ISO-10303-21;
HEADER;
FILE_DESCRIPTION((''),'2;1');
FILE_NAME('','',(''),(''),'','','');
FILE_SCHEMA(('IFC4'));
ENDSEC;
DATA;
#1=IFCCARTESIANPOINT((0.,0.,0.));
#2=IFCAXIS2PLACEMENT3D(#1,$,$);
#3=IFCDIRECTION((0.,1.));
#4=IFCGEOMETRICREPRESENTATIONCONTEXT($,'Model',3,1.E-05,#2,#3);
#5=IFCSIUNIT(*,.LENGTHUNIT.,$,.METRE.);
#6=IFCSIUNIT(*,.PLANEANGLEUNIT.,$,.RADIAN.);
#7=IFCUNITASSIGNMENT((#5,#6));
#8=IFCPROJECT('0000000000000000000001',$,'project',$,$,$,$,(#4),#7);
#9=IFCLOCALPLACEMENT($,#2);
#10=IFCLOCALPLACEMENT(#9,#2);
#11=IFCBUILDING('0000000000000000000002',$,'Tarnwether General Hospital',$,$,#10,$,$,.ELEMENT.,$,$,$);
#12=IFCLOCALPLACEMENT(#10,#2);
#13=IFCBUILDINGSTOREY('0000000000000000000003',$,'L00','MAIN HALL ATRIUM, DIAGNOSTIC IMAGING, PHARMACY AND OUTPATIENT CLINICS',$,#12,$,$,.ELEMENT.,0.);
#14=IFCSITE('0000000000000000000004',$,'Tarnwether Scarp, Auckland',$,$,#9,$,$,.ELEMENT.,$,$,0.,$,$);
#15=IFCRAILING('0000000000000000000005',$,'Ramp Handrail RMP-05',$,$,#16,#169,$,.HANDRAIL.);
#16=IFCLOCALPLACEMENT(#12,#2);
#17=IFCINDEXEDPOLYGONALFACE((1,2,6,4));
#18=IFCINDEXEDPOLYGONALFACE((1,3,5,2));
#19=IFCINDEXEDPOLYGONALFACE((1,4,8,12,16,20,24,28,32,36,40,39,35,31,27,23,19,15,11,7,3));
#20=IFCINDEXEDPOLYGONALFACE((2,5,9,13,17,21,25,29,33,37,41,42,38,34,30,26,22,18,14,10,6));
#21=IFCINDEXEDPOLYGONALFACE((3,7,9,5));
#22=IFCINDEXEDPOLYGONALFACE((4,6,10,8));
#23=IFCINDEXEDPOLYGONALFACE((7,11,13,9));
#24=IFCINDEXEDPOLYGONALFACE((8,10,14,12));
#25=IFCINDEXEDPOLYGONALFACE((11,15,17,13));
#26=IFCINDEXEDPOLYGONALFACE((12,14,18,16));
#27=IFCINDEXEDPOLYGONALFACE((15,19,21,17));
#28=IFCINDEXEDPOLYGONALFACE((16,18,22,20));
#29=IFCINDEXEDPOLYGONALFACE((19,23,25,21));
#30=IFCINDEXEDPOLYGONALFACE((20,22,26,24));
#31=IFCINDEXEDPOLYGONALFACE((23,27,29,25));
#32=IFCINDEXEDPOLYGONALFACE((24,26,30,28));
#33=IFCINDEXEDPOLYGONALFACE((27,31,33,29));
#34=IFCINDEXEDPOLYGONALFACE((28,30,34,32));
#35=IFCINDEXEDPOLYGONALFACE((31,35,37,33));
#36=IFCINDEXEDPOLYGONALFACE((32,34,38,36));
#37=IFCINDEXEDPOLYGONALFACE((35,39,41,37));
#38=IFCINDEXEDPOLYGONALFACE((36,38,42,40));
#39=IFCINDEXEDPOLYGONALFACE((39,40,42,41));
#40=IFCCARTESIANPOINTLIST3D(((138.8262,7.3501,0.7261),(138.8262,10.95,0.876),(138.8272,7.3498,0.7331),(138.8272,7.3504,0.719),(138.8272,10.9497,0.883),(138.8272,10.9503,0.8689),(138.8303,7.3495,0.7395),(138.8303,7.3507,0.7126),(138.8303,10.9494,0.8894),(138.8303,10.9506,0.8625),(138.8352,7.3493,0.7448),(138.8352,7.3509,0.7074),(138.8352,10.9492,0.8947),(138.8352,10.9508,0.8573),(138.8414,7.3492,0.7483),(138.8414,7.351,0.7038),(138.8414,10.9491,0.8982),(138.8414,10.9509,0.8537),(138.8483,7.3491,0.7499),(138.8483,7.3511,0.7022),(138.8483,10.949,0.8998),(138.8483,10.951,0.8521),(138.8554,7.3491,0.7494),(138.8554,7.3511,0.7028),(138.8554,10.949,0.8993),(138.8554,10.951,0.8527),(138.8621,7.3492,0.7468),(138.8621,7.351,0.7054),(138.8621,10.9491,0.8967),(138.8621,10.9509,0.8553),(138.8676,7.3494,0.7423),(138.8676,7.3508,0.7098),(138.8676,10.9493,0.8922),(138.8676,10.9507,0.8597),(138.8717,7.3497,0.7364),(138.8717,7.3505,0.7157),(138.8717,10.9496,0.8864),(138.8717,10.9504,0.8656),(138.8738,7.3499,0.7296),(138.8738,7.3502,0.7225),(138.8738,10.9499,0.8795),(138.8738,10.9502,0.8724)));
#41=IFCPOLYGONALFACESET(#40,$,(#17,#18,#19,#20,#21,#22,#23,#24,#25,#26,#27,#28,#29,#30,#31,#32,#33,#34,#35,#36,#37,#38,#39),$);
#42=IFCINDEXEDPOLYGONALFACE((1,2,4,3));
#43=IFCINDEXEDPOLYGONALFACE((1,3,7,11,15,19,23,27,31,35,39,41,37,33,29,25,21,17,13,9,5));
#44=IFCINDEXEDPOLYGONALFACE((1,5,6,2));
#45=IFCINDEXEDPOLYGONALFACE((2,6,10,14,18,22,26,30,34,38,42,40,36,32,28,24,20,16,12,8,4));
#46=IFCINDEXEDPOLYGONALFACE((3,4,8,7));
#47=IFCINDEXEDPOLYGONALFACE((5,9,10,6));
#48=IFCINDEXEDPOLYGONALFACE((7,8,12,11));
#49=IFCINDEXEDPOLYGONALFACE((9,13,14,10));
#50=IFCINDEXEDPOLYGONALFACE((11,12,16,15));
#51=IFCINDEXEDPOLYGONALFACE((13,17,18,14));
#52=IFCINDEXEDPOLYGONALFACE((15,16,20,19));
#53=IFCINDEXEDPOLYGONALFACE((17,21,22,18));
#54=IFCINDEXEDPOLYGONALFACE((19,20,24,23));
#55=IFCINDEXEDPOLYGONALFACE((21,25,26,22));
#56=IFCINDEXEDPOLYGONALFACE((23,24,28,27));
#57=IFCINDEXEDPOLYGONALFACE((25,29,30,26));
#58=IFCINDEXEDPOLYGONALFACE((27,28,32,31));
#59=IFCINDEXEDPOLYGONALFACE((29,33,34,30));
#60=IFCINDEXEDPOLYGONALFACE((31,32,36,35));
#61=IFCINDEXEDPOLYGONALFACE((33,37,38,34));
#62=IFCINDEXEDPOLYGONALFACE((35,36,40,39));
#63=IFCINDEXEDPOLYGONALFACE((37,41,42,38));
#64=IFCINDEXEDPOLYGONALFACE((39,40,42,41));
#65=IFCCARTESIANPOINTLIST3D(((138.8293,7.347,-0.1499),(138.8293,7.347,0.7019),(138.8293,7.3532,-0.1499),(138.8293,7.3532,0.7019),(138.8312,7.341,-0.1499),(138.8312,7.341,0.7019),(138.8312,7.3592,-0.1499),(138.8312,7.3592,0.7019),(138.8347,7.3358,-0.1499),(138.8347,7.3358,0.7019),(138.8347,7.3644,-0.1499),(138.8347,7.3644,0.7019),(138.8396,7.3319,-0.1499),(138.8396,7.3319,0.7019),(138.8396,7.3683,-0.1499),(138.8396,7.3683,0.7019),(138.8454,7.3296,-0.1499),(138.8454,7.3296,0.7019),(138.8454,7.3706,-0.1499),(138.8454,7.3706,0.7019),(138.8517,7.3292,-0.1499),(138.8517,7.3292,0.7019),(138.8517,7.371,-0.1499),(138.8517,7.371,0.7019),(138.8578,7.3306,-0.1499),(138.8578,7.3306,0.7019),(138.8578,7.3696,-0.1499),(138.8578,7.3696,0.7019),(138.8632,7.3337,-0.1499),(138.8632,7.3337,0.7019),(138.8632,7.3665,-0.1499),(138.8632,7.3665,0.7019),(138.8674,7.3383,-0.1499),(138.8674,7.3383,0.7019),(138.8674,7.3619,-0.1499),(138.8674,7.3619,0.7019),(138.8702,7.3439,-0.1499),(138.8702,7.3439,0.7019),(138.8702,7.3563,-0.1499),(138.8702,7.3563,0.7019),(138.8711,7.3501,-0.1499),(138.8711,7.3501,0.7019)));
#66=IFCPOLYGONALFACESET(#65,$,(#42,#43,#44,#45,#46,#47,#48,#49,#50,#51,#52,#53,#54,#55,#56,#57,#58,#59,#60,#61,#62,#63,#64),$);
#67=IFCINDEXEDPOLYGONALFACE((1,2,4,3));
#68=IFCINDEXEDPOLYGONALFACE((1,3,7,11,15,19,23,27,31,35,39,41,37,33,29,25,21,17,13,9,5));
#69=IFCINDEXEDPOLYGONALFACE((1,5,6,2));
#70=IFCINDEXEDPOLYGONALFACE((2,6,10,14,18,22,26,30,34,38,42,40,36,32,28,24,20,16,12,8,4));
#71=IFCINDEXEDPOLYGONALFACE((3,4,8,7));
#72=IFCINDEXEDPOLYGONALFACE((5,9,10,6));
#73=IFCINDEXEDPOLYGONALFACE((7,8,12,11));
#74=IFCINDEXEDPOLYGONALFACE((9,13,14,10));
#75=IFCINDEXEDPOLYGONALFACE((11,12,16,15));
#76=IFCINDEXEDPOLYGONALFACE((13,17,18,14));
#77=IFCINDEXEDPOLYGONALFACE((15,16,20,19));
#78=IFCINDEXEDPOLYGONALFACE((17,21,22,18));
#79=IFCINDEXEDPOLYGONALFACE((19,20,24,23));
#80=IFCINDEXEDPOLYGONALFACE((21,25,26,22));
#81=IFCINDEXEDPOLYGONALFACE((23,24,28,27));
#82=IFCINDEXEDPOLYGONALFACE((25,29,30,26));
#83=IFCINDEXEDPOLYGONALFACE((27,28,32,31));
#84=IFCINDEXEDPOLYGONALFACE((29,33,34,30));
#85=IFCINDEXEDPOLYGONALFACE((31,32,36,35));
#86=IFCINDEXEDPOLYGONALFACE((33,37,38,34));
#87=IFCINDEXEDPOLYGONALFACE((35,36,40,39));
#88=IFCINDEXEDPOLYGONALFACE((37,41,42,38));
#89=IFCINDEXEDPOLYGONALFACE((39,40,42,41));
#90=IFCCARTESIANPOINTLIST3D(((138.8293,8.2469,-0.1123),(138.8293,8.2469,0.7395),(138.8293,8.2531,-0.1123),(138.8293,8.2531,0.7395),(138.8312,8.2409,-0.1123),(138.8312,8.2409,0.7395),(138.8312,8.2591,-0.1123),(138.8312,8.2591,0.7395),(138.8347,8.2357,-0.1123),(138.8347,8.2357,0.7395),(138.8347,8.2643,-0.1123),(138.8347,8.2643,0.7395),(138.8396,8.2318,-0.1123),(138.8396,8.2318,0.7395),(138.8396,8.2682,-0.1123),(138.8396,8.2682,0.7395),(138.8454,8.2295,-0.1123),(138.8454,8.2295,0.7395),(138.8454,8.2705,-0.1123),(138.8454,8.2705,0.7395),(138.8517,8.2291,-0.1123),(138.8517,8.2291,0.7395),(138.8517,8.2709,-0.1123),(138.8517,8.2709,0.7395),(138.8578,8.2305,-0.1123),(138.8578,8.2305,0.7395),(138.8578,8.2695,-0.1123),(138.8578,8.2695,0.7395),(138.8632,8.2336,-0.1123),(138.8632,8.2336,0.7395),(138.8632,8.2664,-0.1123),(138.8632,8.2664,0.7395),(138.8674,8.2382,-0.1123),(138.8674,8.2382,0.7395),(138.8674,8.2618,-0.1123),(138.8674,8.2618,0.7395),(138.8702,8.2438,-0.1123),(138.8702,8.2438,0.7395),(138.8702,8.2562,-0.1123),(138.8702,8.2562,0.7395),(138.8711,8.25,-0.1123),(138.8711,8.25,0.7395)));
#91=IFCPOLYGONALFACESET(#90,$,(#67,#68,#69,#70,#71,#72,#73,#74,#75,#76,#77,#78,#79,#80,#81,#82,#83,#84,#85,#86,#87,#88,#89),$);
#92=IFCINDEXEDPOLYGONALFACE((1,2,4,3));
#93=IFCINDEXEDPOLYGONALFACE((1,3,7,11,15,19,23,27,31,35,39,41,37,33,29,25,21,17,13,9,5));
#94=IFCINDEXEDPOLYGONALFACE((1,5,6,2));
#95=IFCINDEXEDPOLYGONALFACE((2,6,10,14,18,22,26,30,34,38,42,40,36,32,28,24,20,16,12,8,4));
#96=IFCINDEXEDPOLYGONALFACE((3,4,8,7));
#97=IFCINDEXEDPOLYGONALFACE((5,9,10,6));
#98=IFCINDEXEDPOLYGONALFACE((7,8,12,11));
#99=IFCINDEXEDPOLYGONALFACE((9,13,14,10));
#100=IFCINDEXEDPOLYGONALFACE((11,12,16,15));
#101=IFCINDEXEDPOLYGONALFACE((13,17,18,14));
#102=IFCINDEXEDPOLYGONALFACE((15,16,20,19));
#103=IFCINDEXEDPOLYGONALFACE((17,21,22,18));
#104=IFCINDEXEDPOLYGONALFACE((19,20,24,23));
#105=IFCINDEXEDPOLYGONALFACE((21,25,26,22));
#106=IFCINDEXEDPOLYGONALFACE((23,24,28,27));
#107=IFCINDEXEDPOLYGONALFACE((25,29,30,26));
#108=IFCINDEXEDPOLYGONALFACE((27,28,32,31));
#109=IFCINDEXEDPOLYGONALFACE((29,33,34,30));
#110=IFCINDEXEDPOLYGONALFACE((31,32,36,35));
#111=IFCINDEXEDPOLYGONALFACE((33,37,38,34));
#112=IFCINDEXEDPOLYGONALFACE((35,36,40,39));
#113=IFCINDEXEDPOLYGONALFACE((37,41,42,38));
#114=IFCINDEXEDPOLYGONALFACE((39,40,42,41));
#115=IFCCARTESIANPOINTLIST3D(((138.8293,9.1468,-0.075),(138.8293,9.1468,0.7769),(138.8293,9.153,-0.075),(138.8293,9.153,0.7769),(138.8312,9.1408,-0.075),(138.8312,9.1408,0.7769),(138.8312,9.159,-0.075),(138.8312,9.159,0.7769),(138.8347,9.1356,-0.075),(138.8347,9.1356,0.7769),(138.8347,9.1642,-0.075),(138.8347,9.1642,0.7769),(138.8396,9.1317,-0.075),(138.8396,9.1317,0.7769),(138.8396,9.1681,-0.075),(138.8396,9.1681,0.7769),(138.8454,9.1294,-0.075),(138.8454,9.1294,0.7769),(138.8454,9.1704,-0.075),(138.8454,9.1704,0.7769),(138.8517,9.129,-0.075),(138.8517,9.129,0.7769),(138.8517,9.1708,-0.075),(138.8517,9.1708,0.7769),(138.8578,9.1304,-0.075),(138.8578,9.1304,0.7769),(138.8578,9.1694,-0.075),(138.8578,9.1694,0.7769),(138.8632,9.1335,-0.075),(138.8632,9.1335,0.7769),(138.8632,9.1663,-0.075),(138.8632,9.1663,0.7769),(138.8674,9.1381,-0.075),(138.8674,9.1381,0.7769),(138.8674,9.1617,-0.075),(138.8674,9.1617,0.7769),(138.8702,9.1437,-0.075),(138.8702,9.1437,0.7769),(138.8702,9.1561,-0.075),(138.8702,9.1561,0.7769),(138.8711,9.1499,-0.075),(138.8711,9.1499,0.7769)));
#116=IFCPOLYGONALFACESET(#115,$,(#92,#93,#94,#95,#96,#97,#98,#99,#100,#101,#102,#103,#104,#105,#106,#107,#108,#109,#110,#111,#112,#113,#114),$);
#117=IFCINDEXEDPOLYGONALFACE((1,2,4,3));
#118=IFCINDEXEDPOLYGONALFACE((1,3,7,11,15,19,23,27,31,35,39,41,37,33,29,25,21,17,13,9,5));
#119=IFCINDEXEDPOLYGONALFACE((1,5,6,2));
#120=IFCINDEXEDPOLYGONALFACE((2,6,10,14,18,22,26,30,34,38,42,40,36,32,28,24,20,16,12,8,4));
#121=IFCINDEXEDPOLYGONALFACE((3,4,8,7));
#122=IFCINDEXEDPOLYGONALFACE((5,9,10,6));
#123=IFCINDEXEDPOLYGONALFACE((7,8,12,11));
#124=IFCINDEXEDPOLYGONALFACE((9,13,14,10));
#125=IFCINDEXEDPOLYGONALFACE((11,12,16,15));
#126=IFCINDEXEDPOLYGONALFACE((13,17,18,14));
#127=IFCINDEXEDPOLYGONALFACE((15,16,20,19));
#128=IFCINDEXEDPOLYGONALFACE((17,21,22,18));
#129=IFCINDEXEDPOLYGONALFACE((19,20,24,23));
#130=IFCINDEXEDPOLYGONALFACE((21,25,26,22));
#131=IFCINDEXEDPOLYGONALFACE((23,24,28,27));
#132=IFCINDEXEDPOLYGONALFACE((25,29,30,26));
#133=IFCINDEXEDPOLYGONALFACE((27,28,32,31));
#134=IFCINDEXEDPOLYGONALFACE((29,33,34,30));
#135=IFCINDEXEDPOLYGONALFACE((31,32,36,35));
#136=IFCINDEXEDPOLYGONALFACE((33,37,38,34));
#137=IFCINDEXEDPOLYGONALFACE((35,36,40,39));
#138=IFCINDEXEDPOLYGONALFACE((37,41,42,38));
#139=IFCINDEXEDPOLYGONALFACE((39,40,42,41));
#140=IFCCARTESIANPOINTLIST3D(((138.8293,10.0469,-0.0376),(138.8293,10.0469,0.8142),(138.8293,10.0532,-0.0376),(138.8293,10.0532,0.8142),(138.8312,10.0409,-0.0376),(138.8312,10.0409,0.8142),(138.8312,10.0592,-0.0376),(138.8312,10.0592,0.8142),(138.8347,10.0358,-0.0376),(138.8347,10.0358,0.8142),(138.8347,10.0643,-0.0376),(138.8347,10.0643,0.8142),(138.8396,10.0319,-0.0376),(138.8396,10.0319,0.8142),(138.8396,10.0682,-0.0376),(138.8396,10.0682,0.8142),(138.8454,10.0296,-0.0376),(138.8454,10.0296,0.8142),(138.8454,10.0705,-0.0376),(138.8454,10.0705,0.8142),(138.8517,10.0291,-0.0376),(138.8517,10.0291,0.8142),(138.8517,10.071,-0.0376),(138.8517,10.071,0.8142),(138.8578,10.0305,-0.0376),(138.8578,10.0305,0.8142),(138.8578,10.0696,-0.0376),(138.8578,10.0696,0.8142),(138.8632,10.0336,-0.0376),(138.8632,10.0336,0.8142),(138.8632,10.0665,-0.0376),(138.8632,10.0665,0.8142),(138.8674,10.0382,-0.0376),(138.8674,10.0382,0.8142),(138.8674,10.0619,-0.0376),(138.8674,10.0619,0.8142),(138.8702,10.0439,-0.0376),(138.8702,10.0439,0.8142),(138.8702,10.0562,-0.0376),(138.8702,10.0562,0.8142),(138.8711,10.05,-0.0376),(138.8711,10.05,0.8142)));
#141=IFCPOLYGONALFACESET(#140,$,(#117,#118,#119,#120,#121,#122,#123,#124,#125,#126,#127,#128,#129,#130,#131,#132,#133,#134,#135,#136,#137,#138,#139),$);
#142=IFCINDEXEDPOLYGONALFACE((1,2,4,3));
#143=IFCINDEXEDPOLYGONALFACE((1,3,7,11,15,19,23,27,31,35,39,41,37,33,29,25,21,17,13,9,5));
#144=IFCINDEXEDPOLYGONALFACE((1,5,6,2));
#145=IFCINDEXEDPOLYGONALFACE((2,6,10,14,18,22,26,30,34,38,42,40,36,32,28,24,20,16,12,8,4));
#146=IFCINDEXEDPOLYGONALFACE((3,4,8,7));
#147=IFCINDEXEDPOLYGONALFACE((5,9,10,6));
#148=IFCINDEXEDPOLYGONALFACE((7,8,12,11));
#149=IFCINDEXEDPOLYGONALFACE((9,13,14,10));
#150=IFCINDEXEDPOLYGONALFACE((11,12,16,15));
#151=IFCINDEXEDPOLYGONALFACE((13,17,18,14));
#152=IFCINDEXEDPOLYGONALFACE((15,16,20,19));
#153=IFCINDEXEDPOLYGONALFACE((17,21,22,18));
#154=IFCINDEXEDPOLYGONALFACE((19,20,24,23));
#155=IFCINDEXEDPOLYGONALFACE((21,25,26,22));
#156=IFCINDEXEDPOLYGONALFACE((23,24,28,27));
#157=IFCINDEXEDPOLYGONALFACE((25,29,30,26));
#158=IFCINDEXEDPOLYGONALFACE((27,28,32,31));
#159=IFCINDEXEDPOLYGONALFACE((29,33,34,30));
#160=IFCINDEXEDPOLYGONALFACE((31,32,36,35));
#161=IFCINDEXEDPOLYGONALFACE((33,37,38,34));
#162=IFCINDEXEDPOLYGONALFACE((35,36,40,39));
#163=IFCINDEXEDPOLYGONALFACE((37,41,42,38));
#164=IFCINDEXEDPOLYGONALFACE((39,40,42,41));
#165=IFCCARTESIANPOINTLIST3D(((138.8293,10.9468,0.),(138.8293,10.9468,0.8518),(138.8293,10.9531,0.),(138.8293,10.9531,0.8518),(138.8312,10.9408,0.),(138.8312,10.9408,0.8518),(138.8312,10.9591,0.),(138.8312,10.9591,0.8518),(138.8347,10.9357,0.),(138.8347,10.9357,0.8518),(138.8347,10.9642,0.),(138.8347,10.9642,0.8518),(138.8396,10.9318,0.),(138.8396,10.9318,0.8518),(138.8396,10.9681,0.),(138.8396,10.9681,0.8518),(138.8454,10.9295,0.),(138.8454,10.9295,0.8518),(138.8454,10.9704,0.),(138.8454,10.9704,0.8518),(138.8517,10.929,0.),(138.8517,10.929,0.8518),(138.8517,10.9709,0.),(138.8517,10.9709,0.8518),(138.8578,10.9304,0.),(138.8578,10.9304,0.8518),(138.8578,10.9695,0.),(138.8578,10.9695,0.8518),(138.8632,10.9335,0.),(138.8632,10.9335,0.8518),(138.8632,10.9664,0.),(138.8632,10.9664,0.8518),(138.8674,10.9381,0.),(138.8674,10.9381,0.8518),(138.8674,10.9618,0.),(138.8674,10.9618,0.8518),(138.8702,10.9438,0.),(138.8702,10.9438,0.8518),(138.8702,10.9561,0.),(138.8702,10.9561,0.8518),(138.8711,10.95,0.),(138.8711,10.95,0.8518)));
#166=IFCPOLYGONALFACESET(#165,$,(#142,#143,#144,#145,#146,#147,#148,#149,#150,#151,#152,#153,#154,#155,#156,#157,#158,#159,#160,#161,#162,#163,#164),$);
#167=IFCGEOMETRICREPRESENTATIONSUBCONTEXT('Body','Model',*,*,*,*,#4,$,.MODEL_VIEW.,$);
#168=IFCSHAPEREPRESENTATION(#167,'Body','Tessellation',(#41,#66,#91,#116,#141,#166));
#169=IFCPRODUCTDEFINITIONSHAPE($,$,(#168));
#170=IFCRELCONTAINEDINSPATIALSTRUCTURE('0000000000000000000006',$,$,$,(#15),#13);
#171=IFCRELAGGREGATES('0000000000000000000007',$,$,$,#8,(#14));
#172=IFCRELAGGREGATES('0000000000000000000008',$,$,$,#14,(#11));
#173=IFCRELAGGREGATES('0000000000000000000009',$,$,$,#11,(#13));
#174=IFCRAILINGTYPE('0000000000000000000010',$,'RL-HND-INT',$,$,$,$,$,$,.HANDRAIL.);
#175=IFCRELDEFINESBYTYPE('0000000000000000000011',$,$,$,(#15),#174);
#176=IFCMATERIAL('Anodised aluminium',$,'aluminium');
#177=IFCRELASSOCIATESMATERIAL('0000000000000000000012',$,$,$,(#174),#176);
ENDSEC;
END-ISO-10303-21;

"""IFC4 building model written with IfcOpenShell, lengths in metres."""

from ifc_helpers import new_model, si_unit, direction, frame, origin, origin_2d, place, context, subcontext, project, spatial, circle, extrude, material, type_object, element, save


model = new_model("IFC4")

# Units and contexts
model_context = context("Model", 3, precision=1e-05, world=origin(), true_north=direction((0.0, 1.0)))
body_context = subcontext(model_context, "Body", "Model", "MODEL_VIEW")
ifc_project = project(units=[si_unit("LENGTHUNIT", "METRE"), si_unit("PLANEANGLEUNIT", "RADIAN")], contexts=[model_context])

# Site, building, storey
site_placement = place(None, origin())
site = spatial("IfcSite", under=ifc_project, at=site_placement, Name="Tarnwether Scarp, Auckland", CompositionType="ELEMENT", RefElevation=0.0)
building_placement = place(site_placement, origin())
building = spatial("IfcBuilding", under=site, at=building_placement, Name="Tarnwether General Hospital", CompositionType="ELEMENT")
storey_placement = place(building_placement, origin())
storey = spatial("IfcBuildingStorey", under=building, at=storey_placement, Name="L00", Description="MAIN HALL ATRIUM, DIAGNOSTIC IMAGING, PHARMACY AND OUTPATIENT CLINICS", CompositionType="ELEMENT", Elevation=0.0)

# Railing
ifc_material_1 = material(Name="Anodised aluminium", Category="aluminium")
railing_type = type_object("IfcRailingType", Name="RL-HND-INT", PredefinedType="HANDRAIL", material=ifc_material_1)
railing_placement = place(storey_placement, frame((138.8501, 7.3501, -0.1499)))
element("IfcRailing", 1, at=railing_placement, inside=storey, type_object=railing_type, Name="Ramp Handrail RMP-05", PredefinedType="HANDRAIL", context=body_context, shape_type="SweptSolid", body=[
    extrude(circle(Radius=0.0239, at=origin_2d()), frame((0.0, 0.0, 0.876), z_axis=(0.0, 0.999134, 0.041605), x_axis=(-1.0, 0.0, 0.0)), (0.0, 0.0, 1.0), 3.603),
    extrude(circle(Radius=0.021, at=origin_2d()), origin(), (0.0, 0.0, 1.0), 0.8518),
    extrude(circle(Radius=0.021, at=origin_2d()), frame((0.0, 0.8999, 0.0376)), (0.0, 0.0, 1.0), 0.8518),
    extrude(circle(Radius=0.021, at=origin_2d()), frame((0.0, 1.7998, 0.075)), (0.0, 0.0, 1.0), 0.8518),
    extrude(circle(Radius=0.021, at=origin_2d()), frame((0.0, 2.7, 0.1123)), (0.0, 0.0, 1.0), 0.8518),
    extrude(circle(Radius=0.021, at=origin_2d()), frame((0.0, 3.5999, 0.1499)), (0.0, 0.0, 1.0), 0.8518),
])

save(model, "model.ifc")
